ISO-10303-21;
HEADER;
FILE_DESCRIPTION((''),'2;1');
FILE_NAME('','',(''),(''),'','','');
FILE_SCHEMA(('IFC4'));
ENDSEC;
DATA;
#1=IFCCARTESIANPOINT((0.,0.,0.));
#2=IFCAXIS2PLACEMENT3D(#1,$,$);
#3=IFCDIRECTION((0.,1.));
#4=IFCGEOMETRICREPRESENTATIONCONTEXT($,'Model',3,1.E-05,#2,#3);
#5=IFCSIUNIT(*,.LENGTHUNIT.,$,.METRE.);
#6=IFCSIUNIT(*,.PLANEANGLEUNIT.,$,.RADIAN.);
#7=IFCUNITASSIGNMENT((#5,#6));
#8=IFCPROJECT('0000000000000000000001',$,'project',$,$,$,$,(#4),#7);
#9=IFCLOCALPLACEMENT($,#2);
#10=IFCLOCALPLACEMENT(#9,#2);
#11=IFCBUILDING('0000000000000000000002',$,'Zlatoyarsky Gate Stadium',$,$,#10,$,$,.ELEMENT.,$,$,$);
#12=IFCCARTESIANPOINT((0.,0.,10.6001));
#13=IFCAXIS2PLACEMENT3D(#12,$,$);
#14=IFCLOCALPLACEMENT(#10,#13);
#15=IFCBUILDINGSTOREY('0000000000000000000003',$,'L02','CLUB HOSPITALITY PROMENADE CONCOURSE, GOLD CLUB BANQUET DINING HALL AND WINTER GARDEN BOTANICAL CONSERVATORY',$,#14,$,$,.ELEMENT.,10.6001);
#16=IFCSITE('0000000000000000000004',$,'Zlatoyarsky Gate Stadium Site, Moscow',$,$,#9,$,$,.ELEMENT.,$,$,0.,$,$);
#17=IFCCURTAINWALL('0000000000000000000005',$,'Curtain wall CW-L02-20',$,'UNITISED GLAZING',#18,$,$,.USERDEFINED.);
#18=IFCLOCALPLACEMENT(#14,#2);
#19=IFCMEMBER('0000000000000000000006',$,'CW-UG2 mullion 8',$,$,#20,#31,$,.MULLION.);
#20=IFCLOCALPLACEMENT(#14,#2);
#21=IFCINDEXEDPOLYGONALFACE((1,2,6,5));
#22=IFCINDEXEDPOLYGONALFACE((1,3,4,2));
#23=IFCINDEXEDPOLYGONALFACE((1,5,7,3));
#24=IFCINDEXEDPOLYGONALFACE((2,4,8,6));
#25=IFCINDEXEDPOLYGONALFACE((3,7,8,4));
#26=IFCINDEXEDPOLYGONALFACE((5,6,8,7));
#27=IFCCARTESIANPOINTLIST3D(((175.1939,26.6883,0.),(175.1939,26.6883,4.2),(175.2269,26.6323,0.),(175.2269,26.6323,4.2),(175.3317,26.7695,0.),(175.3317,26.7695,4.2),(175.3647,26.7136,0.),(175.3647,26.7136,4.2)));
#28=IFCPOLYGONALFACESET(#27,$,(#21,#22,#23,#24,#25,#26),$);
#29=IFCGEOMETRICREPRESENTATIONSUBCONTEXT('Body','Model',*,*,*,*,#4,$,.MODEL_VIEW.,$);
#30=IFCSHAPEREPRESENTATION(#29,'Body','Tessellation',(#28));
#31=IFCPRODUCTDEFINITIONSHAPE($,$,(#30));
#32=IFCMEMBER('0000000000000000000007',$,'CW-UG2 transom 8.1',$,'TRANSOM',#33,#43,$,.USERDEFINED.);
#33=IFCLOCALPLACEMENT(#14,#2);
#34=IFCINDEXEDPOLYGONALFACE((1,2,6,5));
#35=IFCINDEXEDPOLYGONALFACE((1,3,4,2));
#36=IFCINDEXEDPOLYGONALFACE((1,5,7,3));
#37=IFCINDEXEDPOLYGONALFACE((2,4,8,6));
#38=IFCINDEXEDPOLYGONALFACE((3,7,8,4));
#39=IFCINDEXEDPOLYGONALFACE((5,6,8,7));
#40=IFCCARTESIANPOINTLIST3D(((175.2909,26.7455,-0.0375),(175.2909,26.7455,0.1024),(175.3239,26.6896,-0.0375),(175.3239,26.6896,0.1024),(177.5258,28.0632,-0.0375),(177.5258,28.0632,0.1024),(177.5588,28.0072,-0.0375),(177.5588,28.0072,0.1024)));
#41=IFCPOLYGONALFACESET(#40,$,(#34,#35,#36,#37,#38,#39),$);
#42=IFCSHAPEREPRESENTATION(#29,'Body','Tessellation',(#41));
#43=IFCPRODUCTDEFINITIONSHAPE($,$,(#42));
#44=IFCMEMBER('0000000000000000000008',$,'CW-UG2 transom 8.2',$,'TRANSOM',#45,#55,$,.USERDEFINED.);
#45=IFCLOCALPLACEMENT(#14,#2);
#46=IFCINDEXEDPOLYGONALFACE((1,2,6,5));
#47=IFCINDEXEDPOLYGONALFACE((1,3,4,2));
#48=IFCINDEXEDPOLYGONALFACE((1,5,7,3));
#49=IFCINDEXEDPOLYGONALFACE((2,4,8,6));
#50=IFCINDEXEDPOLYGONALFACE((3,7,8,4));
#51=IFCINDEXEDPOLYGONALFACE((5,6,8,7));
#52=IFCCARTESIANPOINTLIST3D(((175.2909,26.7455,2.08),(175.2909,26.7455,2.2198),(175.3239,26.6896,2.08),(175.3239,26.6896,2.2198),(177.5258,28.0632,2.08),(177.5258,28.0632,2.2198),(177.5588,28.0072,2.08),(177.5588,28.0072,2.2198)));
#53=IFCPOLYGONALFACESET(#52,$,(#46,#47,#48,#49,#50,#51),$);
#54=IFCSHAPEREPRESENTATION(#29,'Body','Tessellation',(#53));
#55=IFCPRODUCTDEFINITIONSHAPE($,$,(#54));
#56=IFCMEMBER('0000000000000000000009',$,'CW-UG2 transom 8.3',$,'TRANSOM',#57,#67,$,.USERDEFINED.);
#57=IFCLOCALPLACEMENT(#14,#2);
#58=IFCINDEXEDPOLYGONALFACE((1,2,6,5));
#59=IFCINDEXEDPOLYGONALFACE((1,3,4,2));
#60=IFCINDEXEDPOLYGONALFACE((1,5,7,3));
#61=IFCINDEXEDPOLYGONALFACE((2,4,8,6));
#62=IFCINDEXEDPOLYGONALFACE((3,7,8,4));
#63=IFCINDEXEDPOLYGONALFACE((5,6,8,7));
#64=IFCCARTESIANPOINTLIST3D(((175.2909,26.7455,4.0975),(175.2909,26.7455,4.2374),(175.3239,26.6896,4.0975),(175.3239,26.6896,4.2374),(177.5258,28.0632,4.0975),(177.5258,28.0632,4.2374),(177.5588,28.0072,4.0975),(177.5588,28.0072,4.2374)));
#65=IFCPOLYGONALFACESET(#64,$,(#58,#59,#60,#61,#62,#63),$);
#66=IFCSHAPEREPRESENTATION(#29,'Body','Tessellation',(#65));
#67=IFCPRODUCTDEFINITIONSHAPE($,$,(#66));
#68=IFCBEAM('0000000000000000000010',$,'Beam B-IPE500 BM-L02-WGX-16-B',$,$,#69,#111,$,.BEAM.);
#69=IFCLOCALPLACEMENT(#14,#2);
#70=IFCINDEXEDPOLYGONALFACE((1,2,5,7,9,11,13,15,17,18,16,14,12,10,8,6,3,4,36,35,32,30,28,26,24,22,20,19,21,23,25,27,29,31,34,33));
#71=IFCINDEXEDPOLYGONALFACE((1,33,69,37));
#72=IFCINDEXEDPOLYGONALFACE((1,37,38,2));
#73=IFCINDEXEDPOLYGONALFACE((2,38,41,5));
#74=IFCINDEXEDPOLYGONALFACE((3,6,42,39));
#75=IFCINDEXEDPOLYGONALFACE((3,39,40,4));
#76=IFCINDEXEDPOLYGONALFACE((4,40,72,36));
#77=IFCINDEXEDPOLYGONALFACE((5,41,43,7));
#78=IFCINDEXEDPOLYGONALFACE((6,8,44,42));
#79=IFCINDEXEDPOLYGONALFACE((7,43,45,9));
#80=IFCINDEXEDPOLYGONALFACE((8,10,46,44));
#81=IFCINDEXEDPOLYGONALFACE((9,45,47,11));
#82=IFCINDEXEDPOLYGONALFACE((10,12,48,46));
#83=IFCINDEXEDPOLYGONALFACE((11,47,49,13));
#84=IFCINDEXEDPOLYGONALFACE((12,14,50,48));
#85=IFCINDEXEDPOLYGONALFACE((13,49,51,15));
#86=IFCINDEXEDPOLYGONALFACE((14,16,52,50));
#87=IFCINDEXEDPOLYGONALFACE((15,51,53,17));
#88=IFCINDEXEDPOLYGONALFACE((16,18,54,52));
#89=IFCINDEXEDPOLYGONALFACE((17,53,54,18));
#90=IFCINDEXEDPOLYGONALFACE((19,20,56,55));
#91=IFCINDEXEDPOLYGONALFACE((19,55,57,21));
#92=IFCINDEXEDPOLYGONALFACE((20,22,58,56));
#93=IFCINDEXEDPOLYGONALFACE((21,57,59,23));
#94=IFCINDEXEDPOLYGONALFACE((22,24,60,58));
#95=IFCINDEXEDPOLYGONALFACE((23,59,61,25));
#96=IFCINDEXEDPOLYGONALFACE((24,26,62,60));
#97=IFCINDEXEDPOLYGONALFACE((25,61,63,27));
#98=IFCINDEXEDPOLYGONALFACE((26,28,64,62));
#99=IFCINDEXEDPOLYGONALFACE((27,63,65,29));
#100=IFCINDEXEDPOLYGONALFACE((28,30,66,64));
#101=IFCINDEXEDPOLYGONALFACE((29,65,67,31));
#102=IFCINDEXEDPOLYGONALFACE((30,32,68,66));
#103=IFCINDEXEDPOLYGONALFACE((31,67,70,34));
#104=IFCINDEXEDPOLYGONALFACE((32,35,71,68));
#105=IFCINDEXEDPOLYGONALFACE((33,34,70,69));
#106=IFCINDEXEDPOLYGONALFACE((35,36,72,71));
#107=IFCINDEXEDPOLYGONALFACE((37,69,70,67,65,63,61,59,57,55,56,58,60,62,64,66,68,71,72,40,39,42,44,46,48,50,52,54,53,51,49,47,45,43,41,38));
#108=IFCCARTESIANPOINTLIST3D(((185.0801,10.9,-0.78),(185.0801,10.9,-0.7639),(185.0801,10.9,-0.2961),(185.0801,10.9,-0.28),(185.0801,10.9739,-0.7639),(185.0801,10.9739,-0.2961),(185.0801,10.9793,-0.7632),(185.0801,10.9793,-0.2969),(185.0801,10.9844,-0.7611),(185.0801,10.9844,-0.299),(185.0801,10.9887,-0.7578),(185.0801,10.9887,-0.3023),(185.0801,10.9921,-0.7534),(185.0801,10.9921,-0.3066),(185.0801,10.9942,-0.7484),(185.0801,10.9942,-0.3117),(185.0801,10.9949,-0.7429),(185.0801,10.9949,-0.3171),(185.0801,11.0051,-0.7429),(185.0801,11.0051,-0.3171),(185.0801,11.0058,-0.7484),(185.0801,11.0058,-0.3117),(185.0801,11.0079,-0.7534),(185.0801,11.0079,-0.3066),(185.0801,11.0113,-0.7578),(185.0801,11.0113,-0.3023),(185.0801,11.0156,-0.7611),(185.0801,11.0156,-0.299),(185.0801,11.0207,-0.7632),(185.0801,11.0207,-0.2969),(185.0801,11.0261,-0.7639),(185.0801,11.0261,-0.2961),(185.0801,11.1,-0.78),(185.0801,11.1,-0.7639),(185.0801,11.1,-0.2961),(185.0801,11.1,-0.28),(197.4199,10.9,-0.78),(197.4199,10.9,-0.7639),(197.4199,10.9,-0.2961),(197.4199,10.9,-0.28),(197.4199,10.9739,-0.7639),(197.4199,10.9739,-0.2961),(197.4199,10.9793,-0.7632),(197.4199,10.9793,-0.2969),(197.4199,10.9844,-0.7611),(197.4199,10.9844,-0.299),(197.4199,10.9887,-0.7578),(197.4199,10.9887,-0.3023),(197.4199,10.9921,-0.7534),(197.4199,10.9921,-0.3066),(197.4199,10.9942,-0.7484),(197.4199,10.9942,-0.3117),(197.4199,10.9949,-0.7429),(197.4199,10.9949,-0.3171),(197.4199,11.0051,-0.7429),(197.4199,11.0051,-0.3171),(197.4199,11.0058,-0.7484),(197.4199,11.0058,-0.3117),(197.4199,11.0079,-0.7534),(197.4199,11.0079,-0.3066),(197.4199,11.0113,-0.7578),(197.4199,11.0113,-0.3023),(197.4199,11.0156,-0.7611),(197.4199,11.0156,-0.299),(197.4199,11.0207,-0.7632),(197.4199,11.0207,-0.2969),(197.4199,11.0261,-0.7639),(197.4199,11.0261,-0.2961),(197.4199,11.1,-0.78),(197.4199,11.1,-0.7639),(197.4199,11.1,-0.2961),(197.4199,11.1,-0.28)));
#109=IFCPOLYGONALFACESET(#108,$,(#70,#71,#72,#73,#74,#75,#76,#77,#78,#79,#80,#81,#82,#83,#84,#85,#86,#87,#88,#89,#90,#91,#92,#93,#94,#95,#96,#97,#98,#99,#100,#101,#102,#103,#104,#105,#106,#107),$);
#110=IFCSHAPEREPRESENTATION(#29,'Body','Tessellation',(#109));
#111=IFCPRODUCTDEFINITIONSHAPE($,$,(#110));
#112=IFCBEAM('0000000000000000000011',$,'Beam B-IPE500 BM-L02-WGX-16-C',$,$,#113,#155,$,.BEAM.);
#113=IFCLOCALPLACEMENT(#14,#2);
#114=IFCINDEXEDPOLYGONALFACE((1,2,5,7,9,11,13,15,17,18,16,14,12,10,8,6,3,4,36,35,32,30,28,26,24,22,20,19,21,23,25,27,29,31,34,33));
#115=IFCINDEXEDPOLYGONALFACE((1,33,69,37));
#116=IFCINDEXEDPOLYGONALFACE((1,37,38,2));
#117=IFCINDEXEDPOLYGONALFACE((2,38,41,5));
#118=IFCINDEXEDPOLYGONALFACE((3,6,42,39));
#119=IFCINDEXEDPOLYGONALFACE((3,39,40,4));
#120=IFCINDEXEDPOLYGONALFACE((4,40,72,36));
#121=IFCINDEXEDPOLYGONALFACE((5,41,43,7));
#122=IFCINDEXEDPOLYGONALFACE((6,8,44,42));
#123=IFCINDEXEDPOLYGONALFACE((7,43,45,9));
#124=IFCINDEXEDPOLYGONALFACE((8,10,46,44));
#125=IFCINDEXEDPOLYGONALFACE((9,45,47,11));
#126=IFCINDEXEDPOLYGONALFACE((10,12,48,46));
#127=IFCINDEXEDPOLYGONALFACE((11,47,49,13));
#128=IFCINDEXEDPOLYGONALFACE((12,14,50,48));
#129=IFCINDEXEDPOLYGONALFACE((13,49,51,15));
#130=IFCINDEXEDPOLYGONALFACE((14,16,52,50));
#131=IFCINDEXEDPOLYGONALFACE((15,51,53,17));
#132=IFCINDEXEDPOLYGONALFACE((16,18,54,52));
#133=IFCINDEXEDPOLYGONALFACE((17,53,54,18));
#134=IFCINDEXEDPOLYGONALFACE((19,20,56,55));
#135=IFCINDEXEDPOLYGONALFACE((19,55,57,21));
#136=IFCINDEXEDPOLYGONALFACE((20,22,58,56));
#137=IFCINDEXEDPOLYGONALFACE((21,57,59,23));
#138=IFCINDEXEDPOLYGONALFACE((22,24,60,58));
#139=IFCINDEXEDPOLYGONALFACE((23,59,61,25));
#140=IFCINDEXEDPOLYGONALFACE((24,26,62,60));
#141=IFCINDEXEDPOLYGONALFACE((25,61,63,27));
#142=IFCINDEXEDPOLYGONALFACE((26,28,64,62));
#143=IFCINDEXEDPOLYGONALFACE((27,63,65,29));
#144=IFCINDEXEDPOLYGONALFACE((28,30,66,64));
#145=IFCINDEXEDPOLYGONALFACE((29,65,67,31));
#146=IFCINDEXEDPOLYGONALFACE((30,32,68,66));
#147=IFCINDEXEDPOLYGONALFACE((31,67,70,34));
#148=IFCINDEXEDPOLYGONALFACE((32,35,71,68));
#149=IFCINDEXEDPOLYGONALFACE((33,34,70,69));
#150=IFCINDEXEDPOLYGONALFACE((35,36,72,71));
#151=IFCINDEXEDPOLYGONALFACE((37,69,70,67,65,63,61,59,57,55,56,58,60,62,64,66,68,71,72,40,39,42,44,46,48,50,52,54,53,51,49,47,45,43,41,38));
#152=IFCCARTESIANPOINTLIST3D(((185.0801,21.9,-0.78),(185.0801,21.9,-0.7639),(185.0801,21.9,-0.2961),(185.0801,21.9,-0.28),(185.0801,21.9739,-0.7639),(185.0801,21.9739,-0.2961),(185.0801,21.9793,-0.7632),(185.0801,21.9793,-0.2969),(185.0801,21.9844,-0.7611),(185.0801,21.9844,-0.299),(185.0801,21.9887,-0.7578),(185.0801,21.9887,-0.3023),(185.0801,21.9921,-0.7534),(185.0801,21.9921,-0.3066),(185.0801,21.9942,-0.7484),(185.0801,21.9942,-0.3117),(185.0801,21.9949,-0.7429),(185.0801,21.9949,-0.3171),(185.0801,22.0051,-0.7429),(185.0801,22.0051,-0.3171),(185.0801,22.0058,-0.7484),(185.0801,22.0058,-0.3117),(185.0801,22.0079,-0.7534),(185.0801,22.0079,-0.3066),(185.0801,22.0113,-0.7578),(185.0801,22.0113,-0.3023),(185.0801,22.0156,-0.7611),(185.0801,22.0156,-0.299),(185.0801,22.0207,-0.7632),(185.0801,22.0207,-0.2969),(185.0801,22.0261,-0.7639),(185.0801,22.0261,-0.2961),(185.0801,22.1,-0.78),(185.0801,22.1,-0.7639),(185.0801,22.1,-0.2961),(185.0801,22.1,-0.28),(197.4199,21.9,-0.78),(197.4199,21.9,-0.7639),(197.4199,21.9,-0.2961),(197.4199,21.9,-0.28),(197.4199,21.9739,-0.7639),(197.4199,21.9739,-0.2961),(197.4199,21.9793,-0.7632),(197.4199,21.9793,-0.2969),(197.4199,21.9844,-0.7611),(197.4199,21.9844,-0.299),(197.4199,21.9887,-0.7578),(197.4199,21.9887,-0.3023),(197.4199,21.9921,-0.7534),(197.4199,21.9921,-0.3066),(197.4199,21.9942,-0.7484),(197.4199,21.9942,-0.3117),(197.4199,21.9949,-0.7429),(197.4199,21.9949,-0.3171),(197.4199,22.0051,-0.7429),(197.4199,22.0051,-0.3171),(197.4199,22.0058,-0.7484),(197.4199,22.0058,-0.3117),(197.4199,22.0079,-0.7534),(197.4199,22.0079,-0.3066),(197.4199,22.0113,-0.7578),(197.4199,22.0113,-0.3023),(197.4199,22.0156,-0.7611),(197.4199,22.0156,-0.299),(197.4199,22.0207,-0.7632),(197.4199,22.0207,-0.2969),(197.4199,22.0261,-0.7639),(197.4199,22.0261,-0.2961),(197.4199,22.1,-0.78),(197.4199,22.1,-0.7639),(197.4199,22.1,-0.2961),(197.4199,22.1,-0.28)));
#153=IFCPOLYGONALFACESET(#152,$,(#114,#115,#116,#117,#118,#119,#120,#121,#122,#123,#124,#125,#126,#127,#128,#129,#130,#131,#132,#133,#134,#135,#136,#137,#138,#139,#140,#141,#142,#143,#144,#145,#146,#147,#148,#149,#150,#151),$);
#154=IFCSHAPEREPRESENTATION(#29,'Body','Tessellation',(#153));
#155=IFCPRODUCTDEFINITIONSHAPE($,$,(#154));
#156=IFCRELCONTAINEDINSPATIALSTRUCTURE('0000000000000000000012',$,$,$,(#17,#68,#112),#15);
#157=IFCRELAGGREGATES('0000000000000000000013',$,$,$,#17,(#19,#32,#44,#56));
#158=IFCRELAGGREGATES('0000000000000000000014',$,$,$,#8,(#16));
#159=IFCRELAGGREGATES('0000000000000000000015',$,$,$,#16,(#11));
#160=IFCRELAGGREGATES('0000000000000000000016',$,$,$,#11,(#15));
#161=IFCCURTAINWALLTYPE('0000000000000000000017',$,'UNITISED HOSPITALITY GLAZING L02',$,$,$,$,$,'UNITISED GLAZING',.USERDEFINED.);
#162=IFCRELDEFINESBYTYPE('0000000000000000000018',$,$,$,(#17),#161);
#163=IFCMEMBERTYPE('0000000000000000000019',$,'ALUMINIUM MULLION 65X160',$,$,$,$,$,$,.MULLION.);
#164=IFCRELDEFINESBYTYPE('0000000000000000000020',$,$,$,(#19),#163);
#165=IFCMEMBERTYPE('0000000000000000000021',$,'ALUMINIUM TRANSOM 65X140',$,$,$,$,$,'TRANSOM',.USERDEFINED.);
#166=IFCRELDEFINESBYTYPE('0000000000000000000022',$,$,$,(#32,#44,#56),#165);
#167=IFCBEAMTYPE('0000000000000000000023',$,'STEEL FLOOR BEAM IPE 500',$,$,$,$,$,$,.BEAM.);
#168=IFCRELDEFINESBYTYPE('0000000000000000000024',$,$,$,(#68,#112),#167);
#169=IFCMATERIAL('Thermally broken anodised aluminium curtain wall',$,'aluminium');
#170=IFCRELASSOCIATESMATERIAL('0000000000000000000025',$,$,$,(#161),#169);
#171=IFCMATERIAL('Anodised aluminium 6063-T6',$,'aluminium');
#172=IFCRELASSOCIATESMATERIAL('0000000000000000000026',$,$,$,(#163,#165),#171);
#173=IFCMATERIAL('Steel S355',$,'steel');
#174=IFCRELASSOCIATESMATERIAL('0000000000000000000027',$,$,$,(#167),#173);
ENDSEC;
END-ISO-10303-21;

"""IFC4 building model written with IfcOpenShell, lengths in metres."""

from ifc_helpers import new_model, si_unit, direction, frame, origin, origin_2d, place, context, subcontext, project, spatial, rectangle, i_section, extrude, material, material_profile, profile_set, type_object, element, aggregate, save


model = new_model("IFC4")

# Units and contexts
model_context = context("Model", 3, precision=1e-05, world=origin(), true_north=direction((0.0, 1.0)))
body_context = subcontext(model_context, "Body", "Model", "MODEL_VIEW")
ifc_project = project(units=[si_unit("LENGTHUNIT", "METRE"), si_unit("PLANEANGLEUNIT", "RADIAN")], contexts=[model_context])

# Site, building, storey
site_placement = place(None, origin())
site = spatial("IfcSite", under=ifc_project, at=site_placement, Name="Zlatoyarsky Gate Stadium Site, Moscow", CompositionType="ELEMENT", RefElevation=0.0)
building_placement = place(site_placement, origin())
building = spatial("IfcBuilding", under=site, at=building_placement, Name="Zlatoyarsky Gate Stadium", CompositionType="ELEMENT")
storey_placement = place(building_placement, frame((0.0, 0.0, 10.6001)))
storey = spatial("IfcBuildingStorey", under=building, at=storey_placement, Name="L02", Description="CLUB HOSPITALITY PROMENADE CONCOURSE, GOLD CLUB BANQUET DINING HALL AND WINTER GARDEN BOTANICAL CONSERVATORY", CompositionType="ELEMENT", Elevation=10.6001)

# Curtain wall, members
ifc_material_1 = material(Name="Thermally broken anodised aluminium curtain wall", Category="aluminium")
curtain_wall_type = type_object("IfcCurtainWallType", Name="UNITISED HOSPITALITY GLAZING L02", ElementType="UNITISED GLAZING", PredefinedType="USERDEFINED", material=ifc_material_1)
curtain_wall_placement = place(storey_placement, origin())
curtain_wall = element("IfcCurtainWall", 1, at=curtain_wall_placement, inside=storey, type_object=curtain_wall_type, Name="Curtain wall CW-L02-20", ObjectType="UNITISED GLAZING", PredefinedType="USERDEFINED")
ifc_material_2 = material(Name="Anodised aluminium 6063-T6", Category="aluminium")
ifc_material_profile_1 = material_profile(ifc_material_2, rectangle(XDim=0.0649, YDim=0.1599, at=origin_2d()), Name="ALU 65X160")
ifc_profile_set_1 = profile_set([ifc_material_profile_1], Name="Anodised aluminium 6063-T6")
member_type_1 = type_object("IfcMemberType", Name="ALUMINIUM MULLION 65X160", PredefinedType="MULLION", material=ifc_profile_set_1)
member_1_placement = place(storey_placement, frame((175.2793, 26.7009, 0.0), z_axis=(0.0, 0.0, 1.0), x_axis=(-0.507884, 0.861425, 0.0)))
member_1 = element("IfcMember", 2, at=member_1_placement, type_object=member_type_1, Name="CW-UG2 mullion 8", PredefinedType="MULLION", context=body_context, shape_type="SweptSolid", body=[
    extrude(rectangle(XDim=0.0649, YDim=0.1599, at=origin_2d()), origin(), (0.0, 0.0, 1.0), 4.2),
])
ifc_material_profile_2 = material_profile(ifc_material_2, rectangle(XDim=0.0649, YDim=0.1399, at=origin_2d()), Name="ALU 65X140")
ifc_profile_set_2 = profile_set([ifc_material_profile_2], Name="Anodised aluminium 6063-T6")
member_type_2 = type_object("IfcMemberType", Name="ALUMINIUM TRANSOM 65X140", ElementType="TRANSOM", PredefinedType="USERDEFINED", material=ifc_profile_set_2)
member_2_placement = place(storey_placement, frame((175.3074, 26.7175, 0.0325), z_axis=(0.861428, 0.507879, 0.0), x_axis=(-0.507879, 0.861428, 0.0)))
member_2 = element("IfcMember", 3, at=member_2_placement, type_object=member_type_2, Name="CW-UG2 transom 8.1", ObjectType="TRANSOM", PredefinedType="USERDEFINED", context=body_context, shape_type="SweptSolid", body=[
    extrude(rectangle(XDim=0.0649, YDim=0.1399, at=origin_2d()), origin(), (0.0, 0.0, 1.0), 2.5945),
])
member_3_placement = place(storey_placement, frame((175.3074, 26.7175, 2.1499), z_axis=(0.861428, 0.507879, 0.0), x_axis=(-0.507879, 0.861428, 0.0)))
member_3 = element("IfcMember", 4, at=member_3_placement, type_object=member_type_2, Name="CW-UG2 transom 8.2", ObjectType="TRANSOM", PredefinedType="USERDEFINED", context=body_context, shape_type="SweptSolid", body=[
    extrude(rectangle(XDim=0.0649, YDim=0.1399, at=origin_2d()), origin(), (0.0, 0.0, 1.0), 2.5945),
])
member_4_placement = place(storey_placement, frame((175.3074, 26.7175, 4.1675), z_axis=(0.861428, 0.507879, 0.0), x_axis=(-0.507879, 0.861428, 0.0)))
member_4 = element("IfcMember", 5, at=member_4_placement, type_object=member_type_2, Name="CW-UG2 transom 8.3", ObjectType="TRANSOM", PredefinedType="USERDEFINED", context=body_context, shape_type="SweptSolid", body=[
    extrude(rectangle(XDim=0.0649, YDim=0.1399, at=origin_2d()), origin(), (0.0, 0.0, 1.0), 2.5945),
])

# Beams
ifc_material_3 = material(Name="Steel S355", Category="steel")
ifc_material_profile_3 = material_profile(ifc_material_3, i_section(OverallWidth=0.2, OverallDepth=0.5, WebThickness=0.0103, FlangeThickness=0.0161, FilletRadius=0.021, at=origin_2d()), Name="IPE 500")
ifc_profile_set_3 = profile_set([ifc_material_profile_3], Name="Steel S355")
beam_type_1 = type_object("IfcBeamType", Name="STEEL FLOOR BEAM IPE 500", PredefinedType="BEAM", material=ifc_profile_set_3)
for number, where, z_axis, x_axis, name in (
    (6, (185.0801, 11.0, -0.53), (1.0, 0.0, 0.0), (0.0, 1.0, 0.0), "Beam B-IPE500 BM-L02-WGX-16-B"),
    (7, (185.0801, 22.0, -0.53), (1.0, 0.0, 0.0), (0.0, 1.0, 0.0), "Beam B-IPE500 BM-L02-WGX-16-C"),
):
    element("IfcBeam", number, at=place(storey_placement, frame(where, z_axis=z_axis, x_axis=x_axis)), inside=storey, type_object=beam_type_1, Name=name, PredefinedType="BEAM", context=body_context, shape_type="SweptSolid", body=[
        extrude(i_section(OverallWidth=0.2, OverallDepth=0.5, WebThickness=0.0103, FlangeThickness=0.0161, FilletRadius=0.021, at=origin_2d()), origin(), (0.0, 0.0, 1.0), 12.3398),
    ])

aggregate(curtain_wall, [member_1, member_2, member_3, member_4])

save(model, "model.ifc")
